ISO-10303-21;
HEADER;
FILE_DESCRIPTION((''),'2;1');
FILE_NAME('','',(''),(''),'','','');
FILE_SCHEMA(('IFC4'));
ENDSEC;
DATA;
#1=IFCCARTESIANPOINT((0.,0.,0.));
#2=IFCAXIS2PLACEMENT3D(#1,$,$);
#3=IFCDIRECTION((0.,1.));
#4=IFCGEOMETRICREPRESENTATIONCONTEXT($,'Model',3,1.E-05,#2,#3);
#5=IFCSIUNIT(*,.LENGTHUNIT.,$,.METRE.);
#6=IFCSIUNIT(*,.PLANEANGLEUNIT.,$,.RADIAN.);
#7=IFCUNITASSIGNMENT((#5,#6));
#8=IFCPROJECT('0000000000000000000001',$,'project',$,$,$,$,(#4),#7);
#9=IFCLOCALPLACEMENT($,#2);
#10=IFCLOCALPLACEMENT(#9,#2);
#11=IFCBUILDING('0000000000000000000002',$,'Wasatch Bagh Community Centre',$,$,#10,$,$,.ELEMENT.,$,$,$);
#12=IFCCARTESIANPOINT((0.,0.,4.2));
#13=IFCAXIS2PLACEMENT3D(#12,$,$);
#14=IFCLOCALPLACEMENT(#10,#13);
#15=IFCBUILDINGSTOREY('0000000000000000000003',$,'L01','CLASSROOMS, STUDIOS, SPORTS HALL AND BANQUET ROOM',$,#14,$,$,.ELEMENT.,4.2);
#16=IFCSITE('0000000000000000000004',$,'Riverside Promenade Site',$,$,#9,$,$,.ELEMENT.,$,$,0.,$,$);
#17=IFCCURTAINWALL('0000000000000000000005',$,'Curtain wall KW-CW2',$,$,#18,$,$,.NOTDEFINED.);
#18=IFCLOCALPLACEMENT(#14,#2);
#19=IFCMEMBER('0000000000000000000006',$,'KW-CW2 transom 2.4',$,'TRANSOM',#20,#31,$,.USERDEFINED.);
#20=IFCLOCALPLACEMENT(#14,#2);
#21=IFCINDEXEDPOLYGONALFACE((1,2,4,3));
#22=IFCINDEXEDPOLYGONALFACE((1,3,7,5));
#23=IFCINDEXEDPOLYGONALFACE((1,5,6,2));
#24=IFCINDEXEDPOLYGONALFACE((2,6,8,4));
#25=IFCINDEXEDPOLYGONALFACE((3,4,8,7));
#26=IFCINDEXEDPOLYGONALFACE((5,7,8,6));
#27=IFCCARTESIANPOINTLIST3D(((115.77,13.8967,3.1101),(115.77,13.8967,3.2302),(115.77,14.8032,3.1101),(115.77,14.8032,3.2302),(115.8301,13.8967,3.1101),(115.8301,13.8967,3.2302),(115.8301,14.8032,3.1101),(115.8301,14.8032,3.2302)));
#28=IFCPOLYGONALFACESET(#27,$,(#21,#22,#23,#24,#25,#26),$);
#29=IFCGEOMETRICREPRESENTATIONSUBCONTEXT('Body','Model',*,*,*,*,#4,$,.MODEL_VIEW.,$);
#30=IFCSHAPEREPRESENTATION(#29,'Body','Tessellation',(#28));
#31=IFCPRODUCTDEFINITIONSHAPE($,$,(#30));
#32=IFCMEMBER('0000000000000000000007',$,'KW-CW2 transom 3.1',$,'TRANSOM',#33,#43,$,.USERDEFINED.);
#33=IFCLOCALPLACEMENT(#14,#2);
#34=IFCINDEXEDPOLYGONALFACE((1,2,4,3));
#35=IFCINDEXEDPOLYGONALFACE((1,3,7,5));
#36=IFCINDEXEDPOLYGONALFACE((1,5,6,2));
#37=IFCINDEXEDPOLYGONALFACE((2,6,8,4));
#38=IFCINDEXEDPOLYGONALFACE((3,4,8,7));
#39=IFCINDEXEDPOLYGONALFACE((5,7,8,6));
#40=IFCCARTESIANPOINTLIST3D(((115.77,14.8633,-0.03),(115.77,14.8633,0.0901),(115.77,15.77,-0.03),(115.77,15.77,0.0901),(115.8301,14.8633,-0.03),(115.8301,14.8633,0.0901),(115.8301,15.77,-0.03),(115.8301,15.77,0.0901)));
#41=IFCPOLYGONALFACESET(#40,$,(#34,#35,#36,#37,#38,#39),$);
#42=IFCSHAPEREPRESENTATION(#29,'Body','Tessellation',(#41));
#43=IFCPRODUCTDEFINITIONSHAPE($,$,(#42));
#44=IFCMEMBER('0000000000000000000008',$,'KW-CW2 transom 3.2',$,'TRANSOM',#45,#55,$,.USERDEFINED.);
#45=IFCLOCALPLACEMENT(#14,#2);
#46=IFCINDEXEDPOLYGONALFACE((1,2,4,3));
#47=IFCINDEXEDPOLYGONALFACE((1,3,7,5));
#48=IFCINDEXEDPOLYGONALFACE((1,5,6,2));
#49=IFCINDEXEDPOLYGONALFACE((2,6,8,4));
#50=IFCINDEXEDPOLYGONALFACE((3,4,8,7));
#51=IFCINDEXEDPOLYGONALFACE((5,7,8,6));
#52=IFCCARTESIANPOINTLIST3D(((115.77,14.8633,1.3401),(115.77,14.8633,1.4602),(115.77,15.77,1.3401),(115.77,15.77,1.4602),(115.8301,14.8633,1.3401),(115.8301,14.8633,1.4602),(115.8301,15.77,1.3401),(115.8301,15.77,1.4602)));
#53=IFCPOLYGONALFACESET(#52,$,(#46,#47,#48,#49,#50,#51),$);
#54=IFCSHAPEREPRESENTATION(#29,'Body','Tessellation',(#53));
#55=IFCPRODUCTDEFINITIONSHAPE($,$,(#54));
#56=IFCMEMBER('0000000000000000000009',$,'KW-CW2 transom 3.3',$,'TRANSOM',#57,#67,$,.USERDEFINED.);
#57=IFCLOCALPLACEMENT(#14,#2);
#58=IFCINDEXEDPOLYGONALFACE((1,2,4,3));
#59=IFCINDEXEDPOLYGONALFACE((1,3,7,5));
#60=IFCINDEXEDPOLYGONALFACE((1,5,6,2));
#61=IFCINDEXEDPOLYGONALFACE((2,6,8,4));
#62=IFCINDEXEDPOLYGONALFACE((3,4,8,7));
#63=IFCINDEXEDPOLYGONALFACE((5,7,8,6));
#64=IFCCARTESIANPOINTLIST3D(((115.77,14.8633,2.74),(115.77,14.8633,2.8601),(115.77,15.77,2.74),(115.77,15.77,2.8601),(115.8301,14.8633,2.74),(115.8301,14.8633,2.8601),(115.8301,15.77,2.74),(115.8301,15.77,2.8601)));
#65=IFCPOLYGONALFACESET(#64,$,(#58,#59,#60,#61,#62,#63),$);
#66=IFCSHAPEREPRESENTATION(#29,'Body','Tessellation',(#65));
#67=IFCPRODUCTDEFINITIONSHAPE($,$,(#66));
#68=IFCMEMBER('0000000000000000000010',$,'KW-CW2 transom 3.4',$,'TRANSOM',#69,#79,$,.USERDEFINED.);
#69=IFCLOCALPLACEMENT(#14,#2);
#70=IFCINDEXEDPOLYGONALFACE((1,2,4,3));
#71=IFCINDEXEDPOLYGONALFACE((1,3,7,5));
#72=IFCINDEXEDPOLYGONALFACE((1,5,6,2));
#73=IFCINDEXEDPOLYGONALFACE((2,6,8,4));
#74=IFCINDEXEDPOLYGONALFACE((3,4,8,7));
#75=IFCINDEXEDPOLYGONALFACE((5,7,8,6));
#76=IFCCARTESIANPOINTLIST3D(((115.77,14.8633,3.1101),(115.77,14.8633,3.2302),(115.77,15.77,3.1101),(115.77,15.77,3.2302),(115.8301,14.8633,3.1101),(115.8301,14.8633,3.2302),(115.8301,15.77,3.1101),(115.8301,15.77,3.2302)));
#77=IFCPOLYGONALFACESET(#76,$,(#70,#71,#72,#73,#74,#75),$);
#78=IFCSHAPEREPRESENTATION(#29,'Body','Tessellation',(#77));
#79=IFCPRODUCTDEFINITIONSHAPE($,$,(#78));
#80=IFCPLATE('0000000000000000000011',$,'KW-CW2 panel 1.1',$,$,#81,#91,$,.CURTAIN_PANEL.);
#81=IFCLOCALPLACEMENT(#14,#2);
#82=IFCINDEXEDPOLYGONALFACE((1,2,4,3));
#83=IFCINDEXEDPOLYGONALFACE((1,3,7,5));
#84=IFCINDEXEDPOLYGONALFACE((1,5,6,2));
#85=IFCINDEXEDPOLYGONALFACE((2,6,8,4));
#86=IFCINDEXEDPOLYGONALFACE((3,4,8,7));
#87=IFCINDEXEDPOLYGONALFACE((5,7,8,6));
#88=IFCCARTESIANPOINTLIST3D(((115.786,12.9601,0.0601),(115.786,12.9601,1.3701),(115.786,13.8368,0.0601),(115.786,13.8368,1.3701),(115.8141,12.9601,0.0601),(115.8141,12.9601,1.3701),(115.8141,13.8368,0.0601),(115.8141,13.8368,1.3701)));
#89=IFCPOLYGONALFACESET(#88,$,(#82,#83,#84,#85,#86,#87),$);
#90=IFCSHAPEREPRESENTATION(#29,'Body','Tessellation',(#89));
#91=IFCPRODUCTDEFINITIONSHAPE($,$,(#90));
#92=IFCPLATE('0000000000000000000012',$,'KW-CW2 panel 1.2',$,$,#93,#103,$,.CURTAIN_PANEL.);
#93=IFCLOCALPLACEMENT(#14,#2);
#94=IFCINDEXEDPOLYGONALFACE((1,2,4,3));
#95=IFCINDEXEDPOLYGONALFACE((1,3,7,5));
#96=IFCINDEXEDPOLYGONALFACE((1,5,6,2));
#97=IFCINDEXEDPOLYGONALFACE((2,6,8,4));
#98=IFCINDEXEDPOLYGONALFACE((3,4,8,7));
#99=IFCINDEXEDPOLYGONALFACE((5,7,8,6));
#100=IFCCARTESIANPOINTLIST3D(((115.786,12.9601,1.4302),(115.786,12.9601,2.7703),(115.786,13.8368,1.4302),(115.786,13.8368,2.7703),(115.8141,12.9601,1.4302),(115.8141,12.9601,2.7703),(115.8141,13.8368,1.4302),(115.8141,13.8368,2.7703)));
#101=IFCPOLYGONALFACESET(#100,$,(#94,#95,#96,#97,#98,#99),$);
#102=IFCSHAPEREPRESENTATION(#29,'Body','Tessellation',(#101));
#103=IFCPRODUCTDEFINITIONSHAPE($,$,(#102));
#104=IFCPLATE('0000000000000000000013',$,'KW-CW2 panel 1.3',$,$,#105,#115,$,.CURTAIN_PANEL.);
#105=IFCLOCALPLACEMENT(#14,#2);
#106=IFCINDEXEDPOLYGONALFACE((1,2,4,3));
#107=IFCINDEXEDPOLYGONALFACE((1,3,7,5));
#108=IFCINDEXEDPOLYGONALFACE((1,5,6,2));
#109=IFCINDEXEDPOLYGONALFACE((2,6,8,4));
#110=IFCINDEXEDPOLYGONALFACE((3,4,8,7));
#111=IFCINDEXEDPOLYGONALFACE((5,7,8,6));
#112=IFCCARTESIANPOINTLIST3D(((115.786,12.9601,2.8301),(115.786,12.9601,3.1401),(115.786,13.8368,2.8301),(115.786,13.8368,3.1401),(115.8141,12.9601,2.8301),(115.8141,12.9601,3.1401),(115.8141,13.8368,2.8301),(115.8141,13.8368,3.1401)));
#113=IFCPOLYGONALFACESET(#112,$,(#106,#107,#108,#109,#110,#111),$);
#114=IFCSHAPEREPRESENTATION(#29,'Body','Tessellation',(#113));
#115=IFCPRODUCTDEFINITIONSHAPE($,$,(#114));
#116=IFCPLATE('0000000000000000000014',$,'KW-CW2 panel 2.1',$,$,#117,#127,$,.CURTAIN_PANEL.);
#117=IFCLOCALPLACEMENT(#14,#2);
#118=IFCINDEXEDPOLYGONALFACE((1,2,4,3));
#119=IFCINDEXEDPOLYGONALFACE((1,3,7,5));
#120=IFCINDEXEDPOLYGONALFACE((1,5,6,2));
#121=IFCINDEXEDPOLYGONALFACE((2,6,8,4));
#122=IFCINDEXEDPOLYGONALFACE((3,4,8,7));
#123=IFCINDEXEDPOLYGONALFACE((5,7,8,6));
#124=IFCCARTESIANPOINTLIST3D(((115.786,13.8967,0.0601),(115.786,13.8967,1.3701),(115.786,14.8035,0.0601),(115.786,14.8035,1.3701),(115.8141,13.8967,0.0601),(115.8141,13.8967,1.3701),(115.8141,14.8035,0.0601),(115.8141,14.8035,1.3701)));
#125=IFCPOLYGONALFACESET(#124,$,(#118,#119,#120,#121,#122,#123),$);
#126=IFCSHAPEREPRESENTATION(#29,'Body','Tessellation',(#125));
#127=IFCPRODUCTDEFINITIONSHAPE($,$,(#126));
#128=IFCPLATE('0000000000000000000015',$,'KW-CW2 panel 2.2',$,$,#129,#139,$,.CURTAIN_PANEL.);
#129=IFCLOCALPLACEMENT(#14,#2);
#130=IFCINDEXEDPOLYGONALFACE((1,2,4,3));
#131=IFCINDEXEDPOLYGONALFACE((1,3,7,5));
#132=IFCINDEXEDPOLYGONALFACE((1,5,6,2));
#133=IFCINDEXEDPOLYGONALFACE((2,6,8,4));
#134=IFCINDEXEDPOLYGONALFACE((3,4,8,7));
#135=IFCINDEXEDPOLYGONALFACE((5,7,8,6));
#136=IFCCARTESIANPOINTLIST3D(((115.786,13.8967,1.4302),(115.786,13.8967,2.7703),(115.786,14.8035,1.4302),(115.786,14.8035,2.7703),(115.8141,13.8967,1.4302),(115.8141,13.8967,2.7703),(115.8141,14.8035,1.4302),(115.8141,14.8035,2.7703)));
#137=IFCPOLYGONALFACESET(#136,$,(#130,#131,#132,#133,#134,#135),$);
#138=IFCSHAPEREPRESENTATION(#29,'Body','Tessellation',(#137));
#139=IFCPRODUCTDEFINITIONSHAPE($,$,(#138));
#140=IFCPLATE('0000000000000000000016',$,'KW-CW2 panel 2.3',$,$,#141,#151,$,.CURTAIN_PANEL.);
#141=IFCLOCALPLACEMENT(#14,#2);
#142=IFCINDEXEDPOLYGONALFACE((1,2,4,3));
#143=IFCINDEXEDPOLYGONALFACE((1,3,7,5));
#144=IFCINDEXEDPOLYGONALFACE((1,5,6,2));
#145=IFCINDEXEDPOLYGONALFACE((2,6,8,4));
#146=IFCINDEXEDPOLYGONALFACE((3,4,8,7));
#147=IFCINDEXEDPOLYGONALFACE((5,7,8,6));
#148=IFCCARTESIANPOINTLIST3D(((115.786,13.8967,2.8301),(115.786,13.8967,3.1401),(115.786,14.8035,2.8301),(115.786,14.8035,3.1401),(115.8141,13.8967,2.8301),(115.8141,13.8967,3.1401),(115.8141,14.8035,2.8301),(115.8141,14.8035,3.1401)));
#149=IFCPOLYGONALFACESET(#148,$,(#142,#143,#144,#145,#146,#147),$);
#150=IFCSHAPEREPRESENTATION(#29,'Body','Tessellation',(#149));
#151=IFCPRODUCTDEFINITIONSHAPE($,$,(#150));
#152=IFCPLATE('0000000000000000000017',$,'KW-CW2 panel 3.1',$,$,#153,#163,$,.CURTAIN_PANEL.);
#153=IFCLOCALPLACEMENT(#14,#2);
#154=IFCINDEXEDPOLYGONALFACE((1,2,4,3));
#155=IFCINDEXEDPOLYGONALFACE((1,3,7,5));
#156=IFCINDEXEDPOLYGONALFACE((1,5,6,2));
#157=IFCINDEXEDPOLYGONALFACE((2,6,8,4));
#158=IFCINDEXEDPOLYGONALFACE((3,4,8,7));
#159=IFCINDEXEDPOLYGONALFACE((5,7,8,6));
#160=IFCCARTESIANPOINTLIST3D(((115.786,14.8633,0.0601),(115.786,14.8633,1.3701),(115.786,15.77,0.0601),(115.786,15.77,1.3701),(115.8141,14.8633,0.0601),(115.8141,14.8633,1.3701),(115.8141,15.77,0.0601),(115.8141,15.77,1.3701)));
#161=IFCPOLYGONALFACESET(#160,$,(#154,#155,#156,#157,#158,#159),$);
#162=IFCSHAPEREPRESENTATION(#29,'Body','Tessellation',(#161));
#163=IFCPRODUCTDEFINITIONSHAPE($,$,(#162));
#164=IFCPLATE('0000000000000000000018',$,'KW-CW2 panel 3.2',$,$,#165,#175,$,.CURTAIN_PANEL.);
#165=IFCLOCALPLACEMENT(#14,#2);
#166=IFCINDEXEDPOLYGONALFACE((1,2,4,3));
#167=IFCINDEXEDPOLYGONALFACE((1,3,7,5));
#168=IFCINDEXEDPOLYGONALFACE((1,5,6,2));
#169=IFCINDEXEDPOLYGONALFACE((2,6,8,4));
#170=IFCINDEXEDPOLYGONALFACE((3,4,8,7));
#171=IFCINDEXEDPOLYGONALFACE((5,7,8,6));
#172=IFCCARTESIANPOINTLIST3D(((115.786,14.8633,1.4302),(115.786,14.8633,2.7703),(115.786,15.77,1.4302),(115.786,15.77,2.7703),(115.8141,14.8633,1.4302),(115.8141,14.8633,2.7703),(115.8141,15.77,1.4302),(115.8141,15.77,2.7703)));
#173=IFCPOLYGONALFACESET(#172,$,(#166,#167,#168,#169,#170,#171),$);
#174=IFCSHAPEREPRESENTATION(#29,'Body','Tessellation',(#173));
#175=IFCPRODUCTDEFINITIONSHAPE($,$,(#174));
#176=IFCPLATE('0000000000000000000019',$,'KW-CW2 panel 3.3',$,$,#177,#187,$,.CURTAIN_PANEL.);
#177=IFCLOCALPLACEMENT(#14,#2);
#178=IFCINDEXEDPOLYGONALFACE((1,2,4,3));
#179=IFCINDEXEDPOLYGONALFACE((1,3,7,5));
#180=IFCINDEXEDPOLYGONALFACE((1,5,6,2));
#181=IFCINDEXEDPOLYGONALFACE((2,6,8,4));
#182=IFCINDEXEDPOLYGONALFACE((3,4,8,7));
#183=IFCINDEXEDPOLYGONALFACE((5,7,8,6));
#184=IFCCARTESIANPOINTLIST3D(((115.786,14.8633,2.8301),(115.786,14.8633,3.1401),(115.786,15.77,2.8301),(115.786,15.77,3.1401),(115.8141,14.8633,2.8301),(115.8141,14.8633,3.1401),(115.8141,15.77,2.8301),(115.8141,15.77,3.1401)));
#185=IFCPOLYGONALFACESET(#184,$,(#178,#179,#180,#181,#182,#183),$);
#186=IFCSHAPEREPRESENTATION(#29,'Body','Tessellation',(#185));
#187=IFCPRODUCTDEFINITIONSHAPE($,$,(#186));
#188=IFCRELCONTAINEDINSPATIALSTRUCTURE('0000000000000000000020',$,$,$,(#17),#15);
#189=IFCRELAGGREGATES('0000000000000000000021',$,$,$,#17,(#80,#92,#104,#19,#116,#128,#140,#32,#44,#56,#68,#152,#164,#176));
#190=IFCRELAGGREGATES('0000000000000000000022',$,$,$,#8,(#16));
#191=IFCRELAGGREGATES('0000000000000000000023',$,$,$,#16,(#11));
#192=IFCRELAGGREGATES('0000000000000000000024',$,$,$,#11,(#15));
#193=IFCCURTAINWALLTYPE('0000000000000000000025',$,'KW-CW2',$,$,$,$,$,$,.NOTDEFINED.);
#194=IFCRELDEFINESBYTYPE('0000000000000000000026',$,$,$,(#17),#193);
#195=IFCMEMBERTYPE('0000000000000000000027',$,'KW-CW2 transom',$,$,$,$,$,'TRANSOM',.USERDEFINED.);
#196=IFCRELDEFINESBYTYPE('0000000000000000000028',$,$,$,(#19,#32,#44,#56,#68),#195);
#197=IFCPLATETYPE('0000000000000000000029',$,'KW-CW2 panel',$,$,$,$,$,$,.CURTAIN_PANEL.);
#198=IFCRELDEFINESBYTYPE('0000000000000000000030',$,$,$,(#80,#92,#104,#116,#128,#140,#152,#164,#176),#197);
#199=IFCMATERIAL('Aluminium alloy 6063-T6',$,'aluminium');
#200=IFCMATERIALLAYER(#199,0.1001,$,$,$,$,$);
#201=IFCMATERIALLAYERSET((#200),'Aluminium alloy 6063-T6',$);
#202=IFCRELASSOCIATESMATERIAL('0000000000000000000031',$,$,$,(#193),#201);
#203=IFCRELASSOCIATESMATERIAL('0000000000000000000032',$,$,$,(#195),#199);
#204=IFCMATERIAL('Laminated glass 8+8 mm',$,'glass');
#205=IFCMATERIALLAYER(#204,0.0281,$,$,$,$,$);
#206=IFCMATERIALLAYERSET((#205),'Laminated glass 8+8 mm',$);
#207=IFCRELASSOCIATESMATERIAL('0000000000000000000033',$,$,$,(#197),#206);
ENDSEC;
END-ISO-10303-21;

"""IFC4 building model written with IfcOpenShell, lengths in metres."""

from ifc_helpers import new_model, si_unit, direction, frame, origin, origin_2d, place, context, subcontext, project, spatial, rectangle, extrude, material, layer, layer_set, material_profile, profile_set, type_object, element, aggregate, save


model = new_model("IFC4")

# Units and contexts
model_context = context("Model", 3, precision=1e-05, world=origin(), true_north=direction((0.0, 1.0)))
body_context = subcontext(model_context, "Body", "Model", "MODEL_VIEW")
ifc_project = project(units=[si_unit("LENGTHUNIT", "METRE"), si_unit("PLANEANGLEUNIT", "RADIAN")], contexts=[model_context])

# Site, building, storey
site_placement = place(None, origin())
site = spatial("IfcSite", under=ifc_project, at=site_placement, Name="Riverside Promenade Site", CompositionType="ELEMENT", RefElevation=0.0)
building_placement = place(site_placement, origin())
building = spatial("IfcBuilding", under=site, at=building_placement, Name="Wasatch Bagh Community Centre", CompositionType="ELEMENT")
storey_placement = place(building_placement, frame((0.0, 0.0, 4.2)))
storey = spatial("IfcBuildingStorey", under=building, at=storey_placement, Name="L01", Description="CLASSROOMS, STUDIOS, SPORTS HALL AND BANQUET ROOM", CompositionType="ELEMENT", Elevation=4.2)

# Curtain wall, members, plates
ifc_material_1 = material(Name="Aluminium alloy 6063-T6", Category="aluminium")
ifc_layer_1 = layer(ifc_material_1, 0.1001)
ifc_layer_set_1 = layer_set([ifc_layer_1], Name="Aluminium alloy 6063-T6")
curtain_wall_type = type_object("IfcCurtainWallType", Name="KW-CW2", PredefinedType="NOTDEFINED", material=ifc_layer_set_1)
curtain_wall_placement = place(storey_placement, origin())
curtain_wall = element("IfcCurtainWall", 1, at=curtain_wall_placement, inside=storey, type_object=curtain_wall_type, Name="Curtain wall KW-CW2", PredefinedType="NOTDEFINED")
ifc_material_profile_1 = material_profile(ifc_material_1, rectangle(XDim=0.0601, YDim=0.1201, at=origin_2d()), Name="AL 60x120")
ifc_profile_set_1 = profile_set([ifc_material_profile_1], Name="Aluminium alloy 6063-T6")
member_type_1 = type_object("IfcMemberType", Name="KW-CW2 transom", ElementType="TRANSOM", PredefinedType="USERDEFINED", material=ifc_profile_set_1)
member_1_placement = place(storey_placement, frame((115.8, 13.8967, 3.1702), z_axis=(0.0, 1.0, 0.0), x_axis=(-1.0, 0.0, 0.0)))
member_1 = element("IfcMember", 2, at=member_1_placement, type_object=member_type_1, Name="KW-CW2 transom 2.4", ObjectType="TRANSOM", PredefinedType="USERDEFINED", context=body_context, shape_type="SweptSolid", body=[
    extrude(rectangle(XDim=0.0601, YDim=0.1201, at=origin_2d()), origin(), (0.0, 0.0, 1.0), 0.9065),
])
member_2_placement = place(storey_placement, frame((115.8, 14.8633, 0.03), z_axis=(0.0, 1.0, 0.0), x_axis=(-1.0, 0.0, 0.0)))
member_2 = element("IfcMember", 3, at=member_2_placement, type_object=member_type_1, Name="KW-CW2 transom 3.1", ObjectType="TRANSOM", PredefinedType="USERDEFINED", context=body_context, shape_type="SweptSolid", body=[
    extrude(rectangle(XDim=0.0601, YDim=0.1201, at=origin_2d()), origin(), (0.0, 0.0, 1.0), 0.9067),
])
member_3_placement = place(storey_placement, frame((115.8, 14.8633, 1.4001), z_axis=(0.0, 1.0, 0.0), x_axis=(-1.0, 0.0, 0.0)))
member_3 = element("IfcMember", 4, at=member_3_placement, type_object=member_type_1, Name="KW-CW2 transom 3.2", ObjectType="TRANSOM", PredefinedType="USERDEFINED", context=body_context, shape_type="SweptSolid", body=[
    extrude(rectangle(XDim=0.0601, YDim=0.1201, at=origin_2d()), origin(), (0.0, 0.0, 1.0), 0.9067),
])
member_4_placement = place(storey_placement, frame((115.8, 14.8633, 2.8), z_axis=(0.0, 1.0, 0.0), x_axis=(-1.0, 0.0, 0.0)))
member_4 = element("IfcMember", 5, at=member_4_placement, type_object=member_type_1, Name="KW-CW2 transom 3.3", ObjectType="TRANSOM", PredefinedType="USERDEFINED", context=body_context, shape_type="SweptSolid", body=[
    extrude(rectangle(XDim=0.0601, YDim=0.1201, at=origin_2d()), origin(), (0.0, 0.0, 1.0), 0.9067),
])
member_5_placement = place(storey_placement, frame((115.8, 14.8633, 3.1702), z_axis=(0.0, 1.0, 0.0), x_axis=(-1.0, 0.0, 0.0)))
member_5 = element("IfcMember", 6, at=member_5_placement, type_object=member_type_1, Name="KW-CW2 transom 3.4", ObjectType="TRANSOM", PredefinedType="USERDEFINED", context=body_context, shape_type="SweptSolid", body=[
    extrude(rectangle(XDim=0.0601, YDim=0.1201, at=origin_2d()), origin(), (0.0, 0.0, 1.0), 0.9067),
])
ifc_material_2 = material(Name="Laminated glass 8+8 mm", Category="glass")
ifc_layer_2 = layer(ifc_material_2, 0.0281)
ifc_layer_set_2 = layer_set([ifc_layer_2], Name="Laminated glass 8+8 mm")
plate_type = type_object("IfcPlateType", Name="KW-CW2 panel", PredefinedType="CURTAIN_PANEL", material=ifc_layer_set_2)
plate_1_placement = place(storey_placement, frame((115.8, 13.3984, 0.0601), z_axis=(0.0, 0.0, 1.0), x_axis=(0.0, 1.0, 0.0)))
plate_1 = element("IfcPlate", 7, at=plate_1_placement, type_object=plate_type, Name="KW-CW2 panel 1.1", PredefinedType="CURTAIN_PANEL", context=body_context, shape_type="SweptSolid", body=[
    extrude(rectangle(XDim=0.8767, YDim=0.0281, at=origin_2d()), origin(), (0.0, 0.0, 1.0), 1.3101),
])
plate_2_placement = place(storey_placement, frame((115.8, 13.3984, 1.4302), z_axis=(0.0, 0.0, 1.0), x_axis=(0.0, 1.0, 0.0)))
plate_2 = element("IfcPlate", 8, at=plate_2_placement, type_object=plate_type, Name="KW-CW2 panel 1.2", PredefinedType="CURTAIN_PANEL", context=body_context, shape_type="SweptSolid", body=[
    extrude(rectangle(XDim=0.8767, YDim=0.0281, at=origin_2d()), origin(), (0.0, 0.0, 1.0), 1.3401),
])
plate_3_placement = place(storey_placement, frame((115.8, 13.3984, 2.8301), z_axis=(0.0, 0.0, 1.0), x_axis=(0.0, 1.0, 0.0)))
plate_3 = element("IfcPlate", 9, at=plate_3_placement, type_object=plate_type, Name="KW-CW2 panel 1.3", PredefinedType="CURTAIN_PANEL", context=body_context, shape_type="SweptSolid", body=[
    extrude(rectangle(XDim=0.8767, YDim=0.0281, at=origin_2d()), origin(), (0.0, 0.0, 1.0), 0.3101),
])
plate_4_placement = place(storey_placement, frame((115.8, 14.3501, 0.0601), z_axis=(0.0, 0.0, 1.0), x_axis=(0.0, 1.0, 0.0)))
plate_4 = element("IfcPlate", 10, at=plate_4_placement, type_object=plate_type, Name="KW-CW2 panel 2.1", PredefinedType="CURTAIN_PANEL", context=body_context, shape_type="SweptSolid", body=[
    extrude(rectangle(XDim=0.9067, YDim=0.0281, at=origin_2d()), origin(), (0.0, 0.0, 1.0), 1.3101),
])
plate_5_placement = place(storey_placement, frame((115.8, 14.3501, 1.4302), z_axis=(0.0, 0.0, 1.0), x_axis=(0.0, 1.0, 0.0)))
plate_5 = element("IfcPlate", 11, at=plate_5_placement, type_object=plate_type, Name="KW-CW2 panel 2.2", PredefinedType="CURTAIN_PANEL", context=body_context, shape_type="SweptSolid", body=[
    extrude(rectangle(XDim=0.9067, YDim=0.0281, at=origin_2d()), origin(), (0.0, 0.0, 1.0), 1.3401),
])
plate_6_placement = place(storey_placement, frame((115.8, 14.3501, 2.8301), z_axis=(0.0, 0.0, 1.0), x_axis=(0.0, 1.0, 0.0)))
plate_6 = element("IfcPlate", 12, at=plate_6_placement, type_object=plate_type, Name="KW-CW2 panel 2.3", PredefinedType="CURTAIN_PANEL", context=body_context, shape_type="SweptSolid", body=[
    extrude(rectangle(XDim=0.9067, YDim=0.0281, at=origin_2d()), origin(), (0.0, 0.0, 1.0), 0.3101),
])
plate_7_placement = place(storey_placement, frame((115.8, 15.3167, 0.0601), z_axis=(0.0, 0.0, 1.0), x_axis=(0.0, 1.0, 0.0)))
plate_7 = element("IfcPlate", 13, at=plate_7_placement, type_object=plate_type, Name="KW-CW2 panel 3.1", PredefinedType="CURTAIN_PANEL", context=body_context, shape_type="SweptSolid", body=[
    extrude(rectangle(XDim=0.9067, YDim=0.0281, at=origin_2d()), origin(), (0.0, 0.0, 1.0), 1.3101),
])
plate_8_placement = place(storey_placement, frame((115.8, 15.3167, 1.4302), z_axis=(0.0, 0.0, 1.0), x_axis=(0.0, 1.0, 0.0)))
plate_8 = element("IfcPlate", 14, at=plate_8_placement, type_object=plate_type, Name="KW-CW2 panel 3.2", PredefinedType="CURTAIN_PANEL", context=body_context, shape_type="SweptSolid", body=[
    extrude(rectangle(XDim=0.9067, YDim=0.0281, at=origin_2d()), origin(), (0.0, 0.0, 1.0), 1.3401),
])
plate_9_placement = place(storey_placement, frame((115.8, 15.3167, 2.8301), z_axis=(0.0, 0.0, 1.0), x_axis=(0.0, 1.0, 0.0)))
plate_9 = element("IfcPlate", 15, at=plate_9_placement, type_object=plate_type, Name="KW-CW2 panel 3.3", PredefinedType="CURTAIN_PANEL", context=body_context, shape_type="SweptSolid", body=[
    extrude(rectangle(XDim=0.9067, YDim=0.0281, at=origin_2d()), origin(), (0.0, 0.0, 1.0), 0.3101),
])
aggregate(curtain_wall, [plate_1, plate_2, plate_3, member_1, plate_4, plate_5, plate_6, member_2, member_3, member_4, member_5, plate_7, plate_8, plate_9])

save(model, "model.ifc")
